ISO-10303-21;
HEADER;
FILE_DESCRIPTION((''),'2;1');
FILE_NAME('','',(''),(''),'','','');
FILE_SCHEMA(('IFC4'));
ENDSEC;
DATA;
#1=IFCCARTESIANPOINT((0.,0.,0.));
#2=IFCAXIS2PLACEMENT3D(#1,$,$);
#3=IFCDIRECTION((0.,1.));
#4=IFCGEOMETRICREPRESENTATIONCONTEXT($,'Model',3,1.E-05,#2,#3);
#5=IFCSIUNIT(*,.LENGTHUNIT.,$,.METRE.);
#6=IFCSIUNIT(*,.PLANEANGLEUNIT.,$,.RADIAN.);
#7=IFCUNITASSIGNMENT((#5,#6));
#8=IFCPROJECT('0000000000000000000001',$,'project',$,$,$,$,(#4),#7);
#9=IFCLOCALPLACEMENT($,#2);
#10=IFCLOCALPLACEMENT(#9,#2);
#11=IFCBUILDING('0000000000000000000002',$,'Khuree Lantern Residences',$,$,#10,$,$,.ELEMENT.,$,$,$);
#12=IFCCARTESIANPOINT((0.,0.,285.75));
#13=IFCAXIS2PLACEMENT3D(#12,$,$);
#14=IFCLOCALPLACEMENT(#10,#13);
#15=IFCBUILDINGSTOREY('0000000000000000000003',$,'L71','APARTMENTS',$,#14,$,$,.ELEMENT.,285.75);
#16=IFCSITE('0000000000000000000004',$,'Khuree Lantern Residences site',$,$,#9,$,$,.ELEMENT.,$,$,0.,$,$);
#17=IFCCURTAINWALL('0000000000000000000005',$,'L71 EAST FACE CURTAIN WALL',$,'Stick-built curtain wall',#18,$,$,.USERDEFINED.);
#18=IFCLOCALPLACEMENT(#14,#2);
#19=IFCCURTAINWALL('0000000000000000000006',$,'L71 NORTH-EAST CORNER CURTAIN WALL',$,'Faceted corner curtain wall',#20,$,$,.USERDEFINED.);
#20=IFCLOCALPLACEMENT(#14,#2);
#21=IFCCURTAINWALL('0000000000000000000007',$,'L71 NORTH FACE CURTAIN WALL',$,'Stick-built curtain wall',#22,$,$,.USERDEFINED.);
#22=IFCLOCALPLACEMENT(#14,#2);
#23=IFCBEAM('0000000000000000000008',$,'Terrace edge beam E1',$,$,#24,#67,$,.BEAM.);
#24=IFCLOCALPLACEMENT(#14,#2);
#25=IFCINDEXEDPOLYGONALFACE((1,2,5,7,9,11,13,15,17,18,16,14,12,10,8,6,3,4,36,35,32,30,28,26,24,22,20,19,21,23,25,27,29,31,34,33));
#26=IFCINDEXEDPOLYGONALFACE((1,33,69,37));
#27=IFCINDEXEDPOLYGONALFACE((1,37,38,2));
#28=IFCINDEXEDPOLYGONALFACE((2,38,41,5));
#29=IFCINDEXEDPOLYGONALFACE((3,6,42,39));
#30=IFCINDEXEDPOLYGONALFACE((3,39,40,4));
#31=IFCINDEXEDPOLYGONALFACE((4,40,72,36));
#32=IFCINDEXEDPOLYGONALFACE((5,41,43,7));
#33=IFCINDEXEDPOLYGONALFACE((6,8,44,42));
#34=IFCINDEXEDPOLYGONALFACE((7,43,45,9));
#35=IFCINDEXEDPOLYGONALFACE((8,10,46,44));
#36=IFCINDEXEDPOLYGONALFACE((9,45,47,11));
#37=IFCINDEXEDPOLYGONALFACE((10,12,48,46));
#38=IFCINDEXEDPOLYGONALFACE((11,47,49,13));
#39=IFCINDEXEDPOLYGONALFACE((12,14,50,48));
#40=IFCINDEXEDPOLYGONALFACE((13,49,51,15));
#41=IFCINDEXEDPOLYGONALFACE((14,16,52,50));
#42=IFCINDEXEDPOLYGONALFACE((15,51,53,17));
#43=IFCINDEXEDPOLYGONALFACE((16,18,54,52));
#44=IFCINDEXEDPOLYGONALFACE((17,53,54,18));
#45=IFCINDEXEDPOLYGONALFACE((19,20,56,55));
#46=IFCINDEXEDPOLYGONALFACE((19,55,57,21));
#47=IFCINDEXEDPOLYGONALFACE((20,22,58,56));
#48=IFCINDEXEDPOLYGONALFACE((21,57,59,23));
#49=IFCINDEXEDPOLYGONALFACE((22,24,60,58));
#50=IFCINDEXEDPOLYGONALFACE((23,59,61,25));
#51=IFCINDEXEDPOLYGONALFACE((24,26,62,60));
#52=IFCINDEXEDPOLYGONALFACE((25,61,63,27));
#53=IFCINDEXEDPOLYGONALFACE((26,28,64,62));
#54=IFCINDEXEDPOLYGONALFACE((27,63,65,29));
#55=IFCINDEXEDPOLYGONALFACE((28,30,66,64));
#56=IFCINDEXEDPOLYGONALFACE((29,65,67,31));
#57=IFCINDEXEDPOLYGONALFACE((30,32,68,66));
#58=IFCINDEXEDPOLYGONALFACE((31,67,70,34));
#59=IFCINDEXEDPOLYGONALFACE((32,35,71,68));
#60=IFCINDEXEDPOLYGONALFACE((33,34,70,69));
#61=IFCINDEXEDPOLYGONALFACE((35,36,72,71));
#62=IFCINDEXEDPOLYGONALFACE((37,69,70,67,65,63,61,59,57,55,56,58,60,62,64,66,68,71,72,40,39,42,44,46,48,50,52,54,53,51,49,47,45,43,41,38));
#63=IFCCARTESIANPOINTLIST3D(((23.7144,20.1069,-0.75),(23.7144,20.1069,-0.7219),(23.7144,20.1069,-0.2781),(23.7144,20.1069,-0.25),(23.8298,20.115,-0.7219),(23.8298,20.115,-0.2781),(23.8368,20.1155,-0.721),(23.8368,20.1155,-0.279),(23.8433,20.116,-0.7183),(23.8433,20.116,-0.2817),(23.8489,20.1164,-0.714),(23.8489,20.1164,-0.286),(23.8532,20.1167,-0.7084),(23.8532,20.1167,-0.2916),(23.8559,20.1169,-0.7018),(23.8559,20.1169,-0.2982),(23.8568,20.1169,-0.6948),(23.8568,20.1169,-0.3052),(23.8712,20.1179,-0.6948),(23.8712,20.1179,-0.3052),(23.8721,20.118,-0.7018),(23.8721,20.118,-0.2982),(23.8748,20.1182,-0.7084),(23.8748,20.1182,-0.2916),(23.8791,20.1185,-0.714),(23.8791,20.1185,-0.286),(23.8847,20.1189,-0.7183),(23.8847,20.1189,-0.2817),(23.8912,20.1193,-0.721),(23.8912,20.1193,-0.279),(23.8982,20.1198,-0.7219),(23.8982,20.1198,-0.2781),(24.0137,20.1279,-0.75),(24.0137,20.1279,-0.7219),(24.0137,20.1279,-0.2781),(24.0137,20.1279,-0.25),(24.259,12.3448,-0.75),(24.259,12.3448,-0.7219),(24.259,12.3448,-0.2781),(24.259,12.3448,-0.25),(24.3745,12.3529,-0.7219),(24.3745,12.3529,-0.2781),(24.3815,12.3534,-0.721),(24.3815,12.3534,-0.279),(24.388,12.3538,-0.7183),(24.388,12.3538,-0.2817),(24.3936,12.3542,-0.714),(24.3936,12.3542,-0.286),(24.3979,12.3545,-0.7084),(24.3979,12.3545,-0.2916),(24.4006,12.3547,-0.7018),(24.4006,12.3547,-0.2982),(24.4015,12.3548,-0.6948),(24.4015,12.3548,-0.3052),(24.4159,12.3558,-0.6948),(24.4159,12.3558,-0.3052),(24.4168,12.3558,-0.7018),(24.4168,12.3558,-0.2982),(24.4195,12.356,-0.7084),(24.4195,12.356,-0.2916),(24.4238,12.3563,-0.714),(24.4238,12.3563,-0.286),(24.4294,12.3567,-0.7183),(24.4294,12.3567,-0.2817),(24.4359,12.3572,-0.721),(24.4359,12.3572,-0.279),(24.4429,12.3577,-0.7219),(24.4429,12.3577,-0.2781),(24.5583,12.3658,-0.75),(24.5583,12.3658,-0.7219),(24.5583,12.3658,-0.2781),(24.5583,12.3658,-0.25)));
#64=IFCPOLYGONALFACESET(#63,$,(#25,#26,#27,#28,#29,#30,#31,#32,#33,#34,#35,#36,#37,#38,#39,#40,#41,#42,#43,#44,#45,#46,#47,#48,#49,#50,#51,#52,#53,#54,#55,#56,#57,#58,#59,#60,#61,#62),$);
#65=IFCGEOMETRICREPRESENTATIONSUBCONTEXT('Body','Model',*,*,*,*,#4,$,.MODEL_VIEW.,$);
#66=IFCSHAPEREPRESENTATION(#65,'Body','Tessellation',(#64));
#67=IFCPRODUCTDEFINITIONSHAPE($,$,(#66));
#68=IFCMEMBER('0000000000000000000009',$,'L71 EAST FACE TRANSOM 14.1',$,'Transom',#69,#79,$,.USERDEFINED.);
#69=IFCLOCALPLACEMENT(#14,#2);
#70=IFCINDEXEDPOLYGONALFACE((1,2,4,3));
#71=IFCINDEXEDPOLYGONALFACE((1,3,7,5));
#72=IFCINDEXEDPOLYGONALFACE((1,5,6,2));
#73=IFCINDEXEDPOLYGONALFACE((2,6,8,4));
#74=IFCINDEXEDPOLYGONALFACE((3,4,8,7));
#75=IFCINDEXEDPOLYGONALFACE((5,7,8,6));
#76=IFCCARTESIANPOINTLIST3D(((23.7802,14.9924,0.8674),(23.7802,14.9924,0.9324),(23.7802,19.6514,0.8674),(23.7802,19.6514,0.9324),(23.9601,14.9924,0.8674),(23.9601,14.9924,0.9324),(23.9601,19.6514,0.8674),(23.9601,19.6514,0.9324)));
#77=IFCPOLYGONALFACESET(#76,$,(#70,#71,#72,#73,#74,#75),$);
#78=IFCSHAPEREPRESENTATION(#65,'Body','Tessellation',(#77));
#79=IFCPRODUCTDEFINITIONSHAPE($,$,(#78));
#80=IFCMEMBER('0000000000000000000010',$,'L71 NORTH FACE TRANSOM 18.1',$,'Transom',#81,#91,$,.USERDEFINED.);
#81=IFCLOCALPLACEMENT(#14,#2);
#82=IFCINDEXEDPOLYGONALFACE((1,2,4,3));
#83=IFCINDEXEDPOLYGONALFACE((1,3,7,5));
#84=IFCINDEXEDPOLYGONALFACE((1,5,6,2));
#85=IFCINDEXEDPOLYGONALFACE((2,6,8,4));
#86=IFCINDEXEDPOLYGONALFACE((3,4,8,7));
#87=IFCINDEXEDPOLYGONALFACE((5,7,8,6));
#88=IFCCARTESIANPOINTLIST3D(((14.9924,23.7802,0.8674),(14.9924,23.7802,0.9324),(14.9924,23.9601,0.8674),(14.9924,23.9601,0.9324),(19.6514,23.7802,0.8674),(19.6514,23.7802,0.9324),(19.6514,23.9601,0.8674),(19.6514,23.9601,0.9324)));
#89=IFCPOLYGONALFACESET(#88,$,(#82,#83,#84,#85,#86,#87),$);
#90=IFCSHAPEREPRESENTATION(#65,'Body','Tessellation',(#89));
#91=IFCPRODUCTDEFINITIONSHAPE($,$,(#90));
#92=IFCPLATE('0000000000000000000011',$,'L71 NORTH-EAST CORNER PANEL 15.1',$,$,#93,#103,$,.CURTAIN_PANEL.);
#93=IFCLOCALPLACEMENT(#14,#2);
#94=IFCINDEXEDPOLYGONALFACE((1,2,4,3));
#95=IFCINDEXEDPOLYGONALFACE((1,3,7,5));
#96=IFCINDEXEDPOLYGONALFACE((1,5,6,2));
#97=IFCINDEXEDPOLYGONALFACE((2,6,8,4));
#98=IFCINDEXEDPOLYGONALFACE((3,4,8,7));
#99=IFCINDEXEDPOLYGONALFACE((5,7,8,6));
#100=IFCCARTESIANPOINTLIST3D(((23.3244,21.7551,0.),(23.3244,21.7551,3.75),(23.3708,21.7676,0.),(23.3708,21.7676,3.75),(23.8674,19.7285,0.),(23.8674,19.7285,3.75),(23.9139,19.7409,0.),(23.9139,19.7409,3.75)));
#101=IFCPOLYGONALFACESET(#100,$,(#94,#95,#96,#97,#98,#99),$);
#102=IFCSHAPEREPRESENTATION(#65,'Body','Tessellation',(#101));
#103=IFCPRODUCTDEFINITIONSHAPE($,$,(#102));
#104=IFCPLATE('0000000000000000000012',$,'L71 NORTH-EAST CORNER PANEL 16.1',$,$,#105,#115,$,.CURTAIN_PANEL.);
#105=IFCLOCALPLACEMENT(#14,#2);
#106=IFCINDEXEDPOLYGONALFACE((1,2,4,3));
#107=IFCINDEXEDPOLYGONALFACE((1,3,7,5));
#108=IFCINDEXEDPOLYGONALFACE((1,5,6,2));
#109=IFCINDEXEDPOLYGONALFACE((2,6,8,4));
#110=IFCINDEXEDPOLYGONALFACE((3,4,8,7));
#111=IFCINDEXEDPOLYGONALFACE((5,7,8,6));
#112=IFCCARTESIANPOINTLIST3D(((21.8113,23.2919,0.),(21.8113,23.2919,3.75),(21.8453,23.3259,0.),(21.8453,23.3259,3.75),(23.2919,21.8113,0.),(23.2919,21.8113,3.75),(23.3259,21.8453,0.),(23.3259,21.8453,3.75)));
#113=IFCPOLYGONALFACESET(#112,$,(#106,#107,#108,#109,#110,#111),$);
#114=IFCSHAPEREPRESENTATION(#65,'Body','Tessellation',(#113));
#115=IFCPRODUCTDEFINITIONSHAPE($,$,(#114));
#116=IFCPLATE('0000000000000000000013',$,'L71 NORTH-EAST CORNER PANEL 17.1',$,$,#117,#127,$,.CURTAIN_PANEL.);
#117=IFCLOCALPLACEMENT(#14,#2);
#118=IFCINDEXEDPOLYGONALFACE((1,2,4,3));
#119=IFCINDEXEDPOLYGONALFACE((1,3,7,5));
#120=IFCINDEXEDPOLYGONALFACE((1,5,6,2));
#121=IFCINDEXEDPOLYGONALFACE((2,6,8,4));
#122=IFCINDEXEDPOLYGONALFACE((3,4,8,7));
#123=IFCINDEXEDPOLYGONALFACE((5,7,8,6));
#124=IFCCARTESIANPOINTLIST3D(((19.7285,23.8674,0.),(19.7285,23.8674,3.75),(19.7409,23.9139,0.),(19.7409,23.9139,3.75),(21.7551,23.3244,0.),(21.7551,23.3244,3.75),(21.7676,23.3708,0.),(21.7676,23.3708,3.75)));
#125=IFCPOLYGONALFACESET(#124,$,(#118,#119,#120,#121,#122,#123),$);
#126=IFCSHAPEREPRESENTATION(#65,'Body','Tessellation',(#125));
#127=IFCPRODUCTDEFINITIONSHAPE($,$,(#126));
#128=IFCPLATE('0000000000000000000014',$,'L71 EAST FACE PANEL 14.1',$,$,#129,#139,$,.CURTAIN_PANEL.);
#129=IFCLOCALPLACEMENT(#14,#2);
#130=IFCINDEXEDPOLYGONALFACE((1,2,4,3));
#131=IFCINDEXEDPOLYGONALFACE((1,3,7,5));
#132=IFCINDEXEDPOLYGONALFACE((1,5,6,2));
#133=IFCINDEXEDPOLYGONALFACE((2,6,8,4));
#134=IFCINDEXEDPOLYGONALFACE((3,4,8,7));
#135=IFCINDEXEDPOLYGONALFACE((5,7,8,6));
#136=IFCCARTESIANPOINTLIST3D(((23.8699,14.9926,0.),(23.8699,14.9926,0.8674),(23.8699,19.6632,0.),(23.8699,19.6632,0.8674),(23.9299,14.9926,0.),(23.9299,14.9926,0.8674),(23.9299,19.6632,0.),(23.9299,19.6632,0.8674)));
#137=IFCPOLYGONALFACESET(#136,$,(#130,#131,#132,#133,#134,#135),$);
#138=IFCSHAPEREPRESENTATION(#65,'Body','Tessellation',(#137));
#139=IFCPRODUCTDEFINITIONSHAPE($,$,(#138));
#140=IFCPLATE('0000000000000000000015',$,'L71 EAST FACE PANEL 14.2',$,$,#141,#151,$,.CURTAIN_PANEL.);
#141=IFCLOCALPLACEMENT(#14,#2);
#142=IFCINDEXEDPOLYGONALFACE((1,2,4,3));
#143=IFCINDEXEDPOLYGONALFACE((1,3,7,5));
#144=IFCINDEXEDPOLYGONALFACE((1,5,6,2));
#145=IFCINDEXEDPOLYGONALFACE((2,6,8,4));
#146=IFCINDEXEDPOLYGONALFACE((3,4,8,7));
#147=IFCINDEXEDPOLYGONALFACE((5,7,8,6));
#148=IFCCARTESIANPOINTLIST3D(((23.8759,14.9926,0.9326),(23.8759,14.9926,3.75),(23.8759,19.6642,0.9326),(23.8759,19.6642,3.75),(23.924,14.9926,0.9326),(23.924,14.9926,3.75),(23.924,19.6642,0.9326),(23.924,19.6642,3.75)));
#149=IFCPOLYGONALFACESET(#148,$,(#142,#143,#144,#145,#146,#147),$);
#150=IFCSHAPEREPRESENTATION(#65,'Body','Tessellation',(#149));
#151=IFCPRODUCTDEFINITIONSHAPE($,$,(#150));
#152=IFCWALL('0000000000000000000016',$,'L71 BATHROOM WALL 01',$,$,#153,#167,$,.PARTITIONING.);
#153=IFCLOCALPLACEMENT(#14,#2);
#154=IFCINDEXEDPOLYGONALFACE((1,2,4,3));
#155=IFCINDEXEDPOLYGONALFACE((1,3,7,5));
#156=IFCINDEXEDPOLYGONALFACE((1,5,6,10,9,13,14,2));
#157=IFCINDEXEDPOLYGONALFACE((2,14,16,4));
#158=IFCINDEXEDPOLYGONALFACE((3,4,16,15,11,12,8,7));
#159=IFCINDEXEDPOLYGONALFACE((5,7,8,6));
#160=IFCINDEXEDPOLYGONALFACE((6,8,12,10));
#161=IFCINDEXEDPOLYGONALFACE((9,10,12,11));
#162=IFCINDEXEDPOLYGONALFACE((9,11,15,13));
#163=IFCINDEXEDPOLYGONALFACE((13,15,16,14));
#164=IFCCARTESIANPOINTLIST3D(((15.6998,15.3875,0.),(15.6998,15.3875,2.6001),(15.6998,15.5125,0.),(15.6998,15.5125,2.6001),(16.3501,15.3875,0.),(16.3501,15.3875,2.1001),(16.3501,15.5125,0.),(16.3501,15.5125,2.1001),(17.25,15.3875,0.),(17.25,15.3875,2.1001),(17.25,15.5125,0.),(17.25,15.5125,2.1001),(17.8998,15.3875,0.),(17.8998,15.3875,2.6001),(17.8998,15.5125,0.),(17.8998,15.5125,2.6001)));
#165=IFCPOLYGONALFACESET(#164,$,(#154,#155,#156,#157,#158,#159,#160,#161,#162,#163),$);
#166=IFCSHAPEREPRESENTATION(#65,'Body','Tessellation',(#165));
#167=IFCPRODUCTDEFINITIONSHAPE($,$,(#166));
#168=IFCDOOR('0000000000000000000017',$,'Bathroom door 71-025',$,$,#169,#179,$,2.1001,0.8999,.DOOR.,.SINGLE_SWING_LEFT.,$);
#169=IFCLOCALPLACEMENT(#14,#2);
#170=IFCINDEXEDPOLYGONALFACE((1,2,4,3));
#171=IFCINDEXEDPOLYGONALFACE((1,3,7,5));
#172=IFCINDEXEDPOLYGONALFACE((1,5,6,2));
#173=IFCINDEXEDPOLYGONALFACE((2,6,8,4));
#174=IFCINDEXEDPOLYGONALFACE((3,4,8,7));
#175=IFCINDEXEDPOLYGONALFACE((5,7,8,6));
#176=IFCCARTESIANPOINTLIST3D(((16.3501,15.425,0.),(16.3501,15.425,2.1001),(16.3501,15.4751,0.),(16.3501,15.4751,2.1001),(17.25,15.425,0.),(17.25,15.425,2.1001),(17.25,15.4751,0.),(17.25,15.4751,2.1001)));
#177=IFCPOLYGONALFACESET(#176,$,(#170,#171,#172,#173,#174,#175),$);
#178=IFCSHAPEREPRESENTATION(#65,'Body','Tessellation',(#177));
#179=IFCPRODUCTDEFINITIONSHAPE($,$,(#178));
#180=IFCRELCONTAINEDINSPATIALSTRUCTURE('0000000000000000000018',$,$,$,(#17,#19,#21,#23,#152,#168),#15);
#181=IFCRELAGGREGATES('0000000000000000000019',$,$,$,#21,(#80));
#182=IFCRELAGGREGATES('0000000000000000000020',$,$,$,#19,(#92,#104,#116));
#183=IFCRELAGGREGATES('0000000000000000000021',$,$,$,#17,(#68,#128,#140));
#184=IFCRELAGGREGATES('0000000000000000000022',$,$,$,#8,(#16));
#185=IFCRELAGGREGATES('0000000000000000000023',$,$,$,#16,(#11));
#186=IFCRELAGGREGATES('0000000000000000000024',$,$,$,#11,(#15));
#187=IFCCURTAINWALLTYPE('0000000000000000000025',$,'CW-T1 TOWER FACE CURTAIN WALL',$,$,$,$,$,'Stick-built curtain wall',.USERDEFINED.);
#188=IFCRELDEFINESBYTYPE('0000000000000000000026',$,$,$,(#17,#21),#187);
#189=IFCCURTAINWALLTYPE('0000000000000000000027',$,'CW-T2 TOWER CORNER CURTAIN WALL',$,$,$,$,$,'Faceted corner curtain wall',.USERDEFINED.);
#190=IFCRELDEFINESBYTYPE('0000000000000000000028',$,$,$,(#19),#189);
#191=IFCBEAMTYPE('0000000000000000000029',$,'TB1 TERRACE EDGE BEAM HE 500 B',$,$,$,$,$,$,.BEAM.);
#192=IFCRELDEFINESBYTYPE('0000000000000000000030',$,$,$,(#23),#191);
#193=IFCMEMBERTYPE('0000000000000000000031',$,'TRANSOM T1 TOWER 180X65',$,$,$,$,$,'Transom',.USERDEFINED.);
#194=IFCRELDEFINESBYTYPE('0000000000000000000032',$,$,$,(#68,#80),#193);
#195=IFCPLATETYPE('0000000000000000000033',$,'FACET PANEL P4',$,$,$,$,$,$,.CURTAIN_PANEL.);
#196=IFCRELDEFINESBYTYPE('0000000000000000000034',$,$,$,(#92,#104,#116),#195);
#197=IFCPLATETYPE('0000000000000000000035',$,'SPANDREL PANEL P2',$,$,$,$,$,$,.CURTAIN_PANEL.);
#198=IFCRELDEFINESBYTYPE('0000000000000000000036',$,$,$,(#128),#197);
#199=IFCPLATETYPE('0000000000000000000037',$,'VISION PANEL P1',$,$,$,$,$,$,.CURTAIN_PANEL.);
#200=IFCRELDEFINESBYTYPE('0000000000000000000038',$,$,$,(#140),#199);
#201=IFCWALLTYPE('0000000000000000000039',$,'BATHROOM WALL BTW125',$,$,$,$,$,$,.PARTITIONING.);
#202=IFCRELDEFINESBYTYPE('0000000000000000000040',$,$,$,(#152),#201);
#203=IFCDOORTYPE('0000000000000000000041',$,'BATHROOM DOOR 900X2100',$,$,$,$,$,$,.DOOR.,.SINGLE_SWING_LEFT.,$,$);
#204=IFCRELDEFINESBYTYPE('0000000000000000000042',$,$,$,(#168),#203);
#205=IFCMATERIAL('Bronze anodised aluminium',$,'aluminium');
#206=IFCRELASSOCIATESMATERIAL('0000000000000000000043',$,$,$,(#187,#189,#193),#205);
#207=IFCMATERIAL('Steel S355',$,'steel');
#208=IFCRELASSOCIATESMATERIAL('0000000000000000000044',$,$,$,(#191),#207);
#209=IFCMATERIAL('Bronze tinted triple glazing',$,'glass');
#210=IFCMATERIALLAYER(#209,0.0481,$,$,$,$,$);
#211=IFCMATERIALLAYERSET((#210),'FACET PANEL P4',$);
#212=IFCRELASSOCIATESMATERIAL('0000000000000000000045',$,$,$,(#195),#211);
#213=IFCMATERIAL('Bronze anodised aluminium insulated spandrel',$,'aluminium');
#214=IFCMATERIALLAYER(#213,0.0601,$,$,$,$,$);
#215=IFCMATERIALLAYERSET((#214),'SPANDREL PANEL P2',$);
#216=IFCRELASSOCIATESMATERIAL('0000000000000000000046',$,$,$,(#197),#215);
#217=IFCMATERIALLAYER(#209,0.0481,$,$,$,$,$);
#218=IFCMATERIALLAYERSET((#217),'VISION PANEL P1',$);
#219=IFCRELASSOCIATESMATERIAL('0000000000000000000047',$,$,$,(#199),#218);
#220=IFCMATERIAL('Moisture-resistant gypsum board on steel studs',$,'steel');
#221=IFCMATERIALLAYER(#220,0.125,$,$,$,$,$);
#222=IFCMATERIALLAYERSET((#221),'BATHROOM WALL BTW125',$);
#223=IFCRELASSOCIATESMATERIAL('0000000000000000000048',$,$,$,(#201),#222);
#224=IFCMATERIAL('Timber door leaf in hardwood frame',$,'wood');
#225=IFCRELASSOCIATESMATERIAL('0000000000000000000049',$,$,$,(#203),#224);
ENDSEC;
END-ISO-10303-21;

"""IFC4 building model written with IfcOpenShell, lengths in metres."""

from ifc_helpers import new_model, si_unit, direction, frame, frame_2d, origin, origin_2d, place, context, subcontext, project, spatial, rectangle, i_section, extrude, material, layer, layer_set, material_profile, profile_set, type_object, element, fill, aggregate, save


model = new_model("IFC4")

# Units and contexts
model_context = context("Model", 3, precision=1e-05, world=origin(), true_north=direction((0.0, 1.0)))
body_context = subcontext(model_context, "Body", "Model", "MODEL_VIEW")
ifc_project = project(units=[si_unit("LENGTHUNIT", "METRE"), si_unit("PLANEANGLEUNIT", "RADIAN")], contexts=[model_context])

# Site, building, storey
site_placement = place(None, origin())
site = spatial("IfcSite", under=ifc_project, at=site_placement, Name="Khuree Lantern Residences site", CompositionType="ELEMENT", RefElevation=0.0)
building_placement = place(site_placement, origin())
building = spatial("IfcBuilding", under=site, at=building_placement, Name="Khuree Lantern Residences", CompositionType="ELEMENT")
storey_placement = place(building_placement, frame((0.0, 0.0, 285.75)))
storey = spatial("IfcBuildingStorey", under=building, at=storey_placement, Name="L71", Description="APARTMENTS", CompositionType="ELEMENT", Elevation=285.75)

# Shared definitions
ifc_material_1 = material(Name="Steel S355", Category="steel")

# Curtain walls
ifc_material_2 = material(Name="Bronze anodised aluminium", Category="aluminium")
curtain_wall_type_1 = type_object("IfcCurtainWallType", Name="CW-T1 TOWER FACE CURTAIN WALL", ElementType="Stick-built curtain wall", PredefinedType="USERDEFINED", material=ifc_material_2)
curtain_wall_1_placement = place(storey_placement, origin())
curtain_wall_1 = element("IfcCurtainWall", 1, at=curtain_wall_1_placement, inside=storey, type_object=curtain_wall_type_1, Name="L71 EAST FACE CURTAIN WALL", ObjectType="Stick-built curtain wall", PredefinedType="USERDEFINED")
curtain_wall_type_2 = type_object("IfcCurtainWallType", Name="CW-T2 TOWER CORNER CURTAIN WALL", ElementType="Faceted corner curtain wall", PredefinedType="USERDEFINED", material=ifc_material_2)
curtain_wall_2_placement = place(storey_placement, origin())
curtain_wall_2 = element("IfcCurtainWall", 2, at=curtain_wall_2_placement, inside=storey, type_object=curtain_wall_type_2, Name="L71 NORTH-EAST CORNER CURTAIN WALL", ObjectType="Faceted corner curtain wall", PredefinedType="USERDEFINED")

# Curtain wall
curtain_wall_3_placement = place(storey_placement, origin())
curtain_wall_3 = element("IfcCurtainWall", 3, at=curtain_wall_3_placement, inside=storey, type_object=curtain_wall_type_1, Name="L71 NORTH FACE CURTAIN WALL", ObjectType="Stick-built curtain wall", PredefinedType="USERDEFINED")

# Beam
ifc_material_profile_1 = material_profile(ifc_material_1, i_section(OverallWidth=0.3, OverallDepth=0.5, WebThickness=0.0144, FlangeThickness=0.0281, FilletRadius=0.0271, at=origin_2d()), Name="HE 500 B")
ifc_profile_set_1 = profile_set([ifc_material_profile_1], Name="Steel S355")
beam_type_1 = type_object("IfcBeamType", Name="TB1 TERRACE EDGE BEAM HE 500 B", PredefinedType="BEAM", material=ifc_profile_set_1)
beam_1_placement = place(storey_placement, frame((23.864, 20.1174, -0.5), z_axis=(0.069998, -0.997547, 0.0), x_axis=(0.997547, 0.069998, 0.0)))
element("IfcBeam", 4, at=beam_1_placement, inside=storey, type_object=beam_type_1, Name="Terrace edge beam E1", PredefinedType="BEAM", context=body_context, shape_type="SweptSolid", body=[
    extrude(i_section(OverallWidth=0.3, OverallDepth=0.5, WebThickness=0.0144, FlangeThickness=0.0281, FilletRadius=0.0271, at=origin_2d()), origin(), (0.0, 0.0, 1.0), 7.7812),
])

# Members
ifc_material_profile_2 = material_profile(ifc_material_2, rectangle(XDim=0.1799, YDim=0.0649, at=origin_2d()), Name="T1 180X65")
ifc_profile_set_2 = profile_set([ifc_material_profile_2], Name="Bronze anodised aluminium")
member_type_1 = type_object("IfcMemberType", Name="TRANSOM T1 TOWER 180X65", ElementType="Transom", PredefinedType="USERDEFINED", material=ifc_profile_set_2)
member_1_placement = place(storey_placement, frame((23.8701, 14.9924, 0.8999), z_axis=(0.0, 1.0, 0.0), x_axis=(-1.0, 0.0, 0.0)))
member_1 = element("IfcMember", 5, at=member_1_placement, type_object=member_type_1, Name="L71 EAST FACE TRANSOM 14.1", ObjectType="Transom", PredefinedType="USERDEFINED", context=body_context, shape_type="SweptSolid", body=[
    extrude(rectangle(XDim=0.1799, YDim=0.0649, at=origin_2d()), origin(), (0.0, 0.0, 1.0), 4.6589),
])
member_2_placement = place(storey_placement, frame((19.6514, 23.8701, 0.8999), z_axis=(-1.0, 0.0, 0.0), x_axis=(0.0, -1.0, 0.0)))
member_2 = element("IfcMember", 6, at=member_2_placement, type_object=member_type_1, Name="L71 NORTH FACE TRANSOM 18.1", ObjectType="Transom", PredefinedType="USERDEFINED", context=body_context, shape_type="SweptSolid", body=[
    extrude(rectangle(XDim=0.1799, YDim=0.0649, at=origin_2d()), origin(), (0.0, 0.0, 1.0), 4.6589),
])
aggregate(curtain_wall_3, [member_2])

# Plates
ifc_material_3 = material(Name="Bronze tinted triple glazing", Category="glass")
ifc_layer_1 = layer(ifc_material_3, 0.0481)
ifc_layer_set_1 = layer_set([ifc_layer_1], Name="FACET PANEL P4")
plate_type_1 = type_object("IfcPlateType", Name="FACET PANEL P4", PredefinedType="CURTAIN_PANEL", material=ifc_layer_set_1)
plate_1_placement = place(storey_placement, frame((23.6191, 20.748, 0.0), z_axis=(0.0, 0.0, 1.0), x_axis=(-0.258819, 0.965926, 0.0)))
plate_1 = element("IfcPlate", 7, at=plate_1_placement, type_object=plate_type_1, Name="L71 NORTH-EAST CORNER PANEL 15.1", PredefinedType="CURTAIN_PANEL", context=body_context, shape_type="SweptSolid", body=[
    extrude(rectangle(XDim=2.0981, YDim=0.0481, at=origin_2d()), origin(), (0.0, 0.0, 1.0), 3.75),
])
plate_2_placement = place(storey_placement, frame((22.5686, 22.5686, 0.0), z_axis=(0.0, 0.0, 1.0), x_axis=(-0.707107, 0.707107, 0.0)))
plate_2 = element("IfcPlate", 8, at=plate_2_placement, type_object=plate_type_1, Name="L71 NORTH-EAST CORNER PANEL 16.1", PredefinedType="CURTAIN_PANEL", context=body_context, shape_type="SweptSolid", body=[
    extrude(rectangle(XDim=2.094, YDim=0.0481, at=origin_2d()), origin(), (0.0, 0.0, 1.0), 3.75),
])
plate_3_placement = place(storey_placement, frame((20.748, 23.6191, 0.0), z_axis=(0.0, 0.0, 1.0), x_axis=(-0.965926, 0.258819, 0.0)))
plate_3 = element("IfcPlate", 9, at=plate_3_placement, type_object=plate_type_1, Name="L71 NORTH-EAST CORNER PANEL 17.1", PredefinedType="CURTAIN_PANEL", context=body_context, shape_type="SweptSolid", body=[
    extrude(rectangle(XDim=2.0981, YDim=0.0481, at=origin_2d()), origin(), (0.0, 0.0, 1.0), 3.75),
])
aggregate(curtain_wall_2, [plate_1, plate_2, plate_3])
ifc_material_4 = material(Name="Bronze anodised aluminium insulated spandrel", Category="aluminium")
ifc_layer_2 = layer(ifc_material_4, 0.0601)
ifc_layer_set_2 = layer_set([ifc_layer_2], Name="SPANDREL PANEL P2")
plate_type_2 = type_object("IfcPlateType", Name="SPANDREL PANEL P2", PredefinedType="CURTAIN_PANEL", material=ifc_layer_set_2)
plate_4_placement = place(storey_placement, frame((23.8999, 17.3279, 0.0), z_axis=(0.0, 0.0, 1.0), x_axis=(0.0, 1.0, 0.0)))
plate_4 = element("IfcPlate", 10, at=plate_4_placement, type_object=plate_type_2, Name="L71 EAST FACE PANEL 14.1", PredefinedType="CURTAIN_PANEL", context=body_context, shape_type="SweptSolid", body=[
    extrude(rectangle(XDim=4.6707, YDim=0.0601, at=origin_2d()), origin(), (0.0, 0.0, 1.0), 0.8674),
])
ifc_layer_3 = layer(ifc_material_3, 0.0481)
ifc_layer_set_3 = layer_set([ifc_layer_3], Name="VISION PANEL P1")
plate_type_3 = type_object("IfcPlateType", Name="VISION PANEL P1", PredefinedType="CURTAIN_PANEL", material=ifc_layer_set_3)
plate_5_placement = place(storey_placement, frame((23.8999, 17.3284, 0.9326), z_axis=(0.0, 0.0, 1.0), x_axis=(0.0, 1.0, 0.0)))
plate_5 = element("IfcPlate", 11, at=plate_5_placement, type_object=plate_type_3, Name="L71 EAST FACE PANEL 14.2", PredefinedType="CURTAIN_PANEL", context=body_context, shape_type="SweptSolid", body=[
    extrude(rectangle(XDim=4.6716, YDim=0.0481, at=origin_2d()), origin(), (0.0, 0.0, 1.0), 2.8174),
])
aggregate(curtain_wall_1, [member_1, plate_4, plate_5])

# Wall, opening, door
ifc_material_5 = material(Name="Moisture-resistant gypsum board on steel studs", Category="steel")
ifc_layer_4 = layer(ifc_material_5, 0.125)
ifc_layer_set_4 = layer_set([ifc_layer_4], Name="BATHROOM WALL BTW125")
wall_type = type_object("IfcWallType", Name="BATHROOM WALL BTW125", PredefinedType="PARTITIONING", material=ifc_layer_set_4)
wall_placement = place(storey_placement, frame((17.8999, 15.45, 0.0), z_axis=(0.0, 0.0, 1.0), x_axis=(-1.0, 0.0, 0.0)))
wall = element("IfcWall", 12, at=wall_placement, inside=storey, type_object=wall_type, Name="L71 BATHROOM WALL 01", PredefinedType="PARTITIONING", context=body_context, shape_type="SweptSolid", body=[
    extrude(rectangle(XDim=2.2, YDim=0.125, at=frame_2d((1.1001, 0.0))), origin(), (0.0, 0.0, 1.0), 2.6001),
])
opening_placement = place(wall_placement, frame((0.6499, 0.0, 0.0)))
opening = element("IfcOpeningElement", 13, at=opening_placement, cuts=wall, PredefinedType="OPENING", context=body_context, shape_type="SweptSolid", body=[
    extrude(rectangle(XDim=0.8999, YDim=2.1001, at=frame_2d((0.45, 1.05))), frame((0.0, 0.0725, 0.0), z_axis=(0.0, -1.0, 0.0), x_axis=(1.0, 0.0, 0.0)), (0.0, 0.0, 1.0), 0.145),
])
ifc_material_6 = material(Name="Timber door leaf in hardwood frame", Category="wood")
door_type = type_object("IfcDoorType", Name="BATHROOM DOOR 900X2100", OperationType="SINGLE_SWING_LEFT", PredefinedType="DOOR", material=ifc_material_6)
door_placement = place(opening_placement, origin())
door = element("IfcDoor", 14, at=door_placement, inside=storey, type_object=door_type, Name="Bathroom door 71-025", OperationType="SINGLE_SWING_LEFT", OverallHeight=2.1001, OverallWidth=0.8999, PredefinedType="DOOR", context=body_context, shape_type="SweptSolid", body=[
    extrude(rectangle(XDim=0.8999, YDim=2.1001, at=frame_2d((0.45, 1.05))), frame((0.0, 0.0249, 0.0), z_axis=(0.0, -1.0, 0.0), x_axis=(1.0, 0.0, 0.0)), (0.0, 0.0, 1.0), 0.05),
])
fill(opening, door)

save(model, "model.ifc")
